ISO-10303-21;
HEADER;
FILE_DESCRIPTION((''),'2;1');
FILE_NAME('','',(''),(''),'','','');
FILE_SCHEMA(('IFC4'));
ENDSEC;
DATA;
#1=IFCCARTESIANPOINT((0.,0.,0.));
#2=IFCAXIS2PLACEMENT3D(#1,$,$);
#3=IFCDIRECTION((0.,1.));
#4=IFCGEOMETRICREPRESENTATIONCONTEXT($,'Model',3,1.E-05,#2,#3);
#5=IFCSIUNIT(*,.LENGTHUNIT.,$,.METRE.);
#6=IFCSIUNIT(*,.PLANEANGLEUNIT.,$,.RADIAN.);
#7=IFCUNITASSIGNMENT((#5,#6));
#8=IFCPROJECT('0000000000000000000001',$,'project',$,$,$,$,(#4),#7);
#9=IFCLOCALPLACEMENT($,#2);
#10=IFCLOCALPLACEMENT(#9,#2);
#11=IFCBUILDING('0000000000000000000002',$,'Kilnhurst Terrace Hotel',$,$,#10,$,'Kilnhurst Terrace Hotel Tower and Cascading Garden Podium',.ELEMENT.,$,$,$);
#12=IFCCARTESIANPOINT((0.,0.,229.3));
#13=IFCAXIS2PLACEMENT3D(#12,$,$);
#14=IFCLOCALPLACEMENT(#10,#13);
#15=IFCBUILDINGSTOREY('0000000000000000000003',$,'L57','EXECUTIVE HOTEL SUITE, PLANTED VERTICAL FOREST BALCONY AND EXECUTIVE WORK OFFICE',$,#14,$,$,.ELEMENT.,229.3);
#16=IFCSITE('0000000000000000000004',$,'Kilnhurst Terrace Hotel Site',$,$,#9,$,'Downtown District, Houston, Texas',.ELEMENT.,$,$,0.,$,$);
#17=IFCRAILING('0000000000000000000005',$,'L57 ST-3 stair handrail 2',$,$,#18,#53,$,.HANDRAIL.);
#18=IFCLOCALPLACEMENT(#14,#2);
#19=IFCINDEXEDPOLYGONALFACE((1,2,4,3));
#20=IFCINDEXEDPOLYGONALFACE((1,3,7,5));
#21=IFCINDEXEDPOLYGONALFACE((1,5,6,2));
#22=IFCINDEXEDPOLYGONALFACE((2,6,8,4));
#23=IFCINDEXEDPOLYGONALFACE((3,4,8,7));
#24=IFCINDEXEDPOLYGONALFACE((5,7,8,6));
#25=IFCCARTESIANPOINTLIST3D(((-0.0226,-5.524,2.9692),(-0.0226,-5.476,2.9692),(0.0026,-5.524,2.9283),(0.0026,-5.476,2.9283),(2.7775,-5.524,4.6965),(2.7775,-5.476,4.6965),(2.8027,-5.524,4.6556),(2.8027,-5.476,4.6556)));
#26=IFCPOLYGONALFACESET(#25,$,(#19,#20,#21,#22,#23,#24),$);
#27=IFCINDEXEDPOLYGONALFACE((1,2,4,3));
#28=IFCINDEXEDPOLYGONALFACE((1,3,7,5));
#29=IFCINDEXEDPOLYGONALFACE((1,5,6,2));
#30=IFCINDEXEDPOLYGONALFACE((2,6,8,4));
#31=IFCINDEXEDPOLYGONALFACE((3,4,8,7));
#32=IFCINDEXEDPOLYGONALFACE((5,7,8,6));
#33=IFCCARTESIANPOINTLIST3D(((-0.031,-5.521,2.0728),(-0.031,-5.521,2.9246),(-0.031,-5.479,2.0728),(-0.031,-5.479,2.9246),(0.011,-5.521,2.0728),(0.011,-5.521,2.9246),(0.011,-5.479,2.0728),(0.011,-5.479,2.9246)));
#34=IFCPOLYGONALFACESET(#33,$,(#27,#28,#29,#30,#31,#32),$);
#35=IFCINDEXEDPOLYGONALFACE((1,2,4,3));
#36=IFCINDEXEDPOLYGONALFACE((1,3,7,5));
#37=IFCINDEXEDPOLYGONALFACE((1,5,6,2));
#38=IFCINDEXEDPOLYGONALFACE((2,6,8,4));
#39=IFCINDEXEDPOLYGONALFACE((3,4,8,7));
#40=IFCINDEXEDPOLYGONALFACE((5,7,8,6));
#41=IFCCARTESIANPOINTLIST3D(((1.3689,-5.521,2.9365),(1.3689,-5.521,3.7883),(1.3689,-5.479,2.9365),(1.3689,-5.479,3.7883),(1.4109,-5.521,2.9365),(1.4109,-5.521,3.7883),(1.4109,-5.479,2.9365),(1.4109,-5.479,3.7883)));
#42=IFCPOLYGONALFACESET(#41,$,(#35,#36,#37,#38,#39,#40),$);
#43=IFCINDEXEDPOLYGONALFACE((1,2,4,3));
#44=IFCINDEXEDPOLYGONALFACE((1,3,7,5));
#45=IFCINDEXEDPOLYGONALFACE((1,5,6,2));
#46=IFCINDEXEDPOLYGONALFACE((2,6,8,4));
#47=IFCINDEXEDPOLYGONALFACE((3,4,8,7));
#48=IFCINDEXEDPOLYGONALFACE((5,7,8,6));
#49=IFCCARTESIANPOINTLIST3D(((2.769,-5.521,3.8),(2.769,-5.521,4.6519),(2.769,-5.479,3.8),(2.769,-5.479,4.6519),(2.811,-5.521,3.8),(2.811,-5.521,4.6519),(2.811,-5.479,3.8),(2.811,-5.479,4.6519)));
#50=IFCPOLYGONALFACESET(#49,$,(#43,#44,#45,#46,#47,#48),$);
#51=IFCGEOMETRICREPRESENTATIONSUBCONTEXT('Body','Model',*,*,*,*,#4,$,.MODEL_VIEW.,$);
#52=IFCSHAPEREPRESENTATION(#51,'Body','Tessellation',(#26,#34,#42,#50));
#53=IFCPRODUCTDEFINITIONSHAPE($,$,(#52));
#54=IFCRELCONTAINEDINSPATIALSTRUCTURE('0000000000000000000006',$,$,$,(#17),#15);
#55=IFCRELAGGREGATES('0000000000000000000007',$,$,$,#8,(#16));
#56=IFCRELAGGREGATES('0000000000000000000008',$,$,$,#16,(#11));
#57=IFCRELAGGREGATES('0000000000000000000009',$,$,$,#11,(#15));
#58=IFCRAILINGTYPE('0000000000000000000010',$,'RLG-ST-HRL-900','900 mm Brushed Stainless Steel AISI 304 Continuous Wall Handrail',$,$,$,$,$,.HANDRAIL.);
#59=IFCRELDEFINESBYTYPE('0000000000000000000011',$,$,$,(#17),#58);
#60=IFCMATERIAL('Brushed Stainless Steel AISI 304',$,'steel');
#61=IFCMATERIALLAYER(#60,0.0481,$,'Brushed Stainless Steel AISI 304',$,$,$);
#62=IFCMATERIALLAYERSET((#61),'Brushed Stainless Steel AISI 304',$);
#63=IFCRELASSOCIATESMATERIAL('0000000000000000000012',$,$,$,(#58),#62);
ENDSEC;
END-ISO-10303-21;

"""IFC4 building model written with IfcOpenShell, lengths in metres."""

from ifc_helpers import new_model, si_unit, direction, frame, origin, origin_2d, place, context, subcontext, project, spatial, rectangle, extrude, material, layer, layer_set, type_object, element, save


model = new_model("IFC4")

# Units and contexts
model_context = context("Model", 3, precision=1e-05, world=origin(), true_north=direction((0.0, 1.0)))
body_context = subcontext(model_context, "Body", "Model", "MODEL_VIEW")
ifc_project = project(units=[si_unit("LENGTHUNIT", "METRE"), si_unit("PLANEANGLEUNIT", "RADIAN")], contexts=[model_context])

# Site, building, storey
site_placement = place(None, origin())
site = spatial("IfcSite", under=ifc_project, at=site_placement, Name="Kilnhurst Terrace Hotel Site", LongName="Downtown District, Houston, Texas", CompositionType="ELEMENT", RefElevation=0.0)
building_placement = place(site_placement, origin())
building = spatial("IfcBuilding", under=site, at=building_placement, Name="Kilnhurst Terrace Hotel", LongName="Kilnhurst Terrace Hotel Tower and Cascading Garden Podium", CompositionType="ELEMENT")
storey_placement = place(building_placement, frame((0.0, 0.0, 229.3)))
storey = spatial("IfcBuildingStorey", under=building, at=storey_placement, Name="L57", Description="EXECUTIVE HOTEL SUITE, PLANTED VERTICAL FOREST BALCONY AND EXECUTIVE WORK OFFICE", CompositionType="ELEMENT", Elevation=229.3)

# Railing
ifc_material_1 = material(Name="Brushed Stainless Steel AISI 304", Category="steel")
ifc_layer_1 = layer(ifc_material_1, 0.0481, Name="Brushed Stainless Steel AISI 304")
ifc_layer_set_1 = layer_set([ifc_layer_1], Name="Brushed Stainless Steel AISI 304")
railing_type_1 = type_object("IfcRailingType", Name="RLG-ST-HRL-900", Description="900 mm Brushed Stainless Steel AISI 304 Continuous Wall Handrail", PredefinedType="HANDRAIL", material=ifc_layer_set_1)
railing_1_placement = place(storey_placement, frame((-0.01, -5.5, 2.0728)))
element("IfcRailing", 1, at=railing_1_placement, inside=storey, type_object=railing_type_1, Name="L57 ST-3 stair handrail 2", PredefinedType="HANDRAIL", context=body_context, shape_type="SweptSolid", body=[
    extrude(rectangle(XDim=0.0481, YDim=0.0481, at=origin_2d()), frame((0.0, 0.0, 0.876), z_axis=(0.85109, 0.0, 0.52502), x_axis=(0.0, 1.0, 0.0)), (0.0, 0.0, 1.0), 3.29),
    extrude(rectangle(XDim=0.042, YDim=0.042, at=origin_2d()), origin(), (0.0, 0.0, 1.0), 0.8518),
    extrude(rectangle(XDim=0.042, YDim=0.042, at=origin_2d()), frame((1.3999, 0.0, 0.8638)), (0.0, 0.0, 1.0), 0.8518),
    extrude(rectangle(XDim=0.042, YDim=0.042, at=origin_2d()), frame((2.8, 0.0, 1.7273)), (0.0, 0.0, 1.0), 0.8518),
])

save(model, "model.ifc")
